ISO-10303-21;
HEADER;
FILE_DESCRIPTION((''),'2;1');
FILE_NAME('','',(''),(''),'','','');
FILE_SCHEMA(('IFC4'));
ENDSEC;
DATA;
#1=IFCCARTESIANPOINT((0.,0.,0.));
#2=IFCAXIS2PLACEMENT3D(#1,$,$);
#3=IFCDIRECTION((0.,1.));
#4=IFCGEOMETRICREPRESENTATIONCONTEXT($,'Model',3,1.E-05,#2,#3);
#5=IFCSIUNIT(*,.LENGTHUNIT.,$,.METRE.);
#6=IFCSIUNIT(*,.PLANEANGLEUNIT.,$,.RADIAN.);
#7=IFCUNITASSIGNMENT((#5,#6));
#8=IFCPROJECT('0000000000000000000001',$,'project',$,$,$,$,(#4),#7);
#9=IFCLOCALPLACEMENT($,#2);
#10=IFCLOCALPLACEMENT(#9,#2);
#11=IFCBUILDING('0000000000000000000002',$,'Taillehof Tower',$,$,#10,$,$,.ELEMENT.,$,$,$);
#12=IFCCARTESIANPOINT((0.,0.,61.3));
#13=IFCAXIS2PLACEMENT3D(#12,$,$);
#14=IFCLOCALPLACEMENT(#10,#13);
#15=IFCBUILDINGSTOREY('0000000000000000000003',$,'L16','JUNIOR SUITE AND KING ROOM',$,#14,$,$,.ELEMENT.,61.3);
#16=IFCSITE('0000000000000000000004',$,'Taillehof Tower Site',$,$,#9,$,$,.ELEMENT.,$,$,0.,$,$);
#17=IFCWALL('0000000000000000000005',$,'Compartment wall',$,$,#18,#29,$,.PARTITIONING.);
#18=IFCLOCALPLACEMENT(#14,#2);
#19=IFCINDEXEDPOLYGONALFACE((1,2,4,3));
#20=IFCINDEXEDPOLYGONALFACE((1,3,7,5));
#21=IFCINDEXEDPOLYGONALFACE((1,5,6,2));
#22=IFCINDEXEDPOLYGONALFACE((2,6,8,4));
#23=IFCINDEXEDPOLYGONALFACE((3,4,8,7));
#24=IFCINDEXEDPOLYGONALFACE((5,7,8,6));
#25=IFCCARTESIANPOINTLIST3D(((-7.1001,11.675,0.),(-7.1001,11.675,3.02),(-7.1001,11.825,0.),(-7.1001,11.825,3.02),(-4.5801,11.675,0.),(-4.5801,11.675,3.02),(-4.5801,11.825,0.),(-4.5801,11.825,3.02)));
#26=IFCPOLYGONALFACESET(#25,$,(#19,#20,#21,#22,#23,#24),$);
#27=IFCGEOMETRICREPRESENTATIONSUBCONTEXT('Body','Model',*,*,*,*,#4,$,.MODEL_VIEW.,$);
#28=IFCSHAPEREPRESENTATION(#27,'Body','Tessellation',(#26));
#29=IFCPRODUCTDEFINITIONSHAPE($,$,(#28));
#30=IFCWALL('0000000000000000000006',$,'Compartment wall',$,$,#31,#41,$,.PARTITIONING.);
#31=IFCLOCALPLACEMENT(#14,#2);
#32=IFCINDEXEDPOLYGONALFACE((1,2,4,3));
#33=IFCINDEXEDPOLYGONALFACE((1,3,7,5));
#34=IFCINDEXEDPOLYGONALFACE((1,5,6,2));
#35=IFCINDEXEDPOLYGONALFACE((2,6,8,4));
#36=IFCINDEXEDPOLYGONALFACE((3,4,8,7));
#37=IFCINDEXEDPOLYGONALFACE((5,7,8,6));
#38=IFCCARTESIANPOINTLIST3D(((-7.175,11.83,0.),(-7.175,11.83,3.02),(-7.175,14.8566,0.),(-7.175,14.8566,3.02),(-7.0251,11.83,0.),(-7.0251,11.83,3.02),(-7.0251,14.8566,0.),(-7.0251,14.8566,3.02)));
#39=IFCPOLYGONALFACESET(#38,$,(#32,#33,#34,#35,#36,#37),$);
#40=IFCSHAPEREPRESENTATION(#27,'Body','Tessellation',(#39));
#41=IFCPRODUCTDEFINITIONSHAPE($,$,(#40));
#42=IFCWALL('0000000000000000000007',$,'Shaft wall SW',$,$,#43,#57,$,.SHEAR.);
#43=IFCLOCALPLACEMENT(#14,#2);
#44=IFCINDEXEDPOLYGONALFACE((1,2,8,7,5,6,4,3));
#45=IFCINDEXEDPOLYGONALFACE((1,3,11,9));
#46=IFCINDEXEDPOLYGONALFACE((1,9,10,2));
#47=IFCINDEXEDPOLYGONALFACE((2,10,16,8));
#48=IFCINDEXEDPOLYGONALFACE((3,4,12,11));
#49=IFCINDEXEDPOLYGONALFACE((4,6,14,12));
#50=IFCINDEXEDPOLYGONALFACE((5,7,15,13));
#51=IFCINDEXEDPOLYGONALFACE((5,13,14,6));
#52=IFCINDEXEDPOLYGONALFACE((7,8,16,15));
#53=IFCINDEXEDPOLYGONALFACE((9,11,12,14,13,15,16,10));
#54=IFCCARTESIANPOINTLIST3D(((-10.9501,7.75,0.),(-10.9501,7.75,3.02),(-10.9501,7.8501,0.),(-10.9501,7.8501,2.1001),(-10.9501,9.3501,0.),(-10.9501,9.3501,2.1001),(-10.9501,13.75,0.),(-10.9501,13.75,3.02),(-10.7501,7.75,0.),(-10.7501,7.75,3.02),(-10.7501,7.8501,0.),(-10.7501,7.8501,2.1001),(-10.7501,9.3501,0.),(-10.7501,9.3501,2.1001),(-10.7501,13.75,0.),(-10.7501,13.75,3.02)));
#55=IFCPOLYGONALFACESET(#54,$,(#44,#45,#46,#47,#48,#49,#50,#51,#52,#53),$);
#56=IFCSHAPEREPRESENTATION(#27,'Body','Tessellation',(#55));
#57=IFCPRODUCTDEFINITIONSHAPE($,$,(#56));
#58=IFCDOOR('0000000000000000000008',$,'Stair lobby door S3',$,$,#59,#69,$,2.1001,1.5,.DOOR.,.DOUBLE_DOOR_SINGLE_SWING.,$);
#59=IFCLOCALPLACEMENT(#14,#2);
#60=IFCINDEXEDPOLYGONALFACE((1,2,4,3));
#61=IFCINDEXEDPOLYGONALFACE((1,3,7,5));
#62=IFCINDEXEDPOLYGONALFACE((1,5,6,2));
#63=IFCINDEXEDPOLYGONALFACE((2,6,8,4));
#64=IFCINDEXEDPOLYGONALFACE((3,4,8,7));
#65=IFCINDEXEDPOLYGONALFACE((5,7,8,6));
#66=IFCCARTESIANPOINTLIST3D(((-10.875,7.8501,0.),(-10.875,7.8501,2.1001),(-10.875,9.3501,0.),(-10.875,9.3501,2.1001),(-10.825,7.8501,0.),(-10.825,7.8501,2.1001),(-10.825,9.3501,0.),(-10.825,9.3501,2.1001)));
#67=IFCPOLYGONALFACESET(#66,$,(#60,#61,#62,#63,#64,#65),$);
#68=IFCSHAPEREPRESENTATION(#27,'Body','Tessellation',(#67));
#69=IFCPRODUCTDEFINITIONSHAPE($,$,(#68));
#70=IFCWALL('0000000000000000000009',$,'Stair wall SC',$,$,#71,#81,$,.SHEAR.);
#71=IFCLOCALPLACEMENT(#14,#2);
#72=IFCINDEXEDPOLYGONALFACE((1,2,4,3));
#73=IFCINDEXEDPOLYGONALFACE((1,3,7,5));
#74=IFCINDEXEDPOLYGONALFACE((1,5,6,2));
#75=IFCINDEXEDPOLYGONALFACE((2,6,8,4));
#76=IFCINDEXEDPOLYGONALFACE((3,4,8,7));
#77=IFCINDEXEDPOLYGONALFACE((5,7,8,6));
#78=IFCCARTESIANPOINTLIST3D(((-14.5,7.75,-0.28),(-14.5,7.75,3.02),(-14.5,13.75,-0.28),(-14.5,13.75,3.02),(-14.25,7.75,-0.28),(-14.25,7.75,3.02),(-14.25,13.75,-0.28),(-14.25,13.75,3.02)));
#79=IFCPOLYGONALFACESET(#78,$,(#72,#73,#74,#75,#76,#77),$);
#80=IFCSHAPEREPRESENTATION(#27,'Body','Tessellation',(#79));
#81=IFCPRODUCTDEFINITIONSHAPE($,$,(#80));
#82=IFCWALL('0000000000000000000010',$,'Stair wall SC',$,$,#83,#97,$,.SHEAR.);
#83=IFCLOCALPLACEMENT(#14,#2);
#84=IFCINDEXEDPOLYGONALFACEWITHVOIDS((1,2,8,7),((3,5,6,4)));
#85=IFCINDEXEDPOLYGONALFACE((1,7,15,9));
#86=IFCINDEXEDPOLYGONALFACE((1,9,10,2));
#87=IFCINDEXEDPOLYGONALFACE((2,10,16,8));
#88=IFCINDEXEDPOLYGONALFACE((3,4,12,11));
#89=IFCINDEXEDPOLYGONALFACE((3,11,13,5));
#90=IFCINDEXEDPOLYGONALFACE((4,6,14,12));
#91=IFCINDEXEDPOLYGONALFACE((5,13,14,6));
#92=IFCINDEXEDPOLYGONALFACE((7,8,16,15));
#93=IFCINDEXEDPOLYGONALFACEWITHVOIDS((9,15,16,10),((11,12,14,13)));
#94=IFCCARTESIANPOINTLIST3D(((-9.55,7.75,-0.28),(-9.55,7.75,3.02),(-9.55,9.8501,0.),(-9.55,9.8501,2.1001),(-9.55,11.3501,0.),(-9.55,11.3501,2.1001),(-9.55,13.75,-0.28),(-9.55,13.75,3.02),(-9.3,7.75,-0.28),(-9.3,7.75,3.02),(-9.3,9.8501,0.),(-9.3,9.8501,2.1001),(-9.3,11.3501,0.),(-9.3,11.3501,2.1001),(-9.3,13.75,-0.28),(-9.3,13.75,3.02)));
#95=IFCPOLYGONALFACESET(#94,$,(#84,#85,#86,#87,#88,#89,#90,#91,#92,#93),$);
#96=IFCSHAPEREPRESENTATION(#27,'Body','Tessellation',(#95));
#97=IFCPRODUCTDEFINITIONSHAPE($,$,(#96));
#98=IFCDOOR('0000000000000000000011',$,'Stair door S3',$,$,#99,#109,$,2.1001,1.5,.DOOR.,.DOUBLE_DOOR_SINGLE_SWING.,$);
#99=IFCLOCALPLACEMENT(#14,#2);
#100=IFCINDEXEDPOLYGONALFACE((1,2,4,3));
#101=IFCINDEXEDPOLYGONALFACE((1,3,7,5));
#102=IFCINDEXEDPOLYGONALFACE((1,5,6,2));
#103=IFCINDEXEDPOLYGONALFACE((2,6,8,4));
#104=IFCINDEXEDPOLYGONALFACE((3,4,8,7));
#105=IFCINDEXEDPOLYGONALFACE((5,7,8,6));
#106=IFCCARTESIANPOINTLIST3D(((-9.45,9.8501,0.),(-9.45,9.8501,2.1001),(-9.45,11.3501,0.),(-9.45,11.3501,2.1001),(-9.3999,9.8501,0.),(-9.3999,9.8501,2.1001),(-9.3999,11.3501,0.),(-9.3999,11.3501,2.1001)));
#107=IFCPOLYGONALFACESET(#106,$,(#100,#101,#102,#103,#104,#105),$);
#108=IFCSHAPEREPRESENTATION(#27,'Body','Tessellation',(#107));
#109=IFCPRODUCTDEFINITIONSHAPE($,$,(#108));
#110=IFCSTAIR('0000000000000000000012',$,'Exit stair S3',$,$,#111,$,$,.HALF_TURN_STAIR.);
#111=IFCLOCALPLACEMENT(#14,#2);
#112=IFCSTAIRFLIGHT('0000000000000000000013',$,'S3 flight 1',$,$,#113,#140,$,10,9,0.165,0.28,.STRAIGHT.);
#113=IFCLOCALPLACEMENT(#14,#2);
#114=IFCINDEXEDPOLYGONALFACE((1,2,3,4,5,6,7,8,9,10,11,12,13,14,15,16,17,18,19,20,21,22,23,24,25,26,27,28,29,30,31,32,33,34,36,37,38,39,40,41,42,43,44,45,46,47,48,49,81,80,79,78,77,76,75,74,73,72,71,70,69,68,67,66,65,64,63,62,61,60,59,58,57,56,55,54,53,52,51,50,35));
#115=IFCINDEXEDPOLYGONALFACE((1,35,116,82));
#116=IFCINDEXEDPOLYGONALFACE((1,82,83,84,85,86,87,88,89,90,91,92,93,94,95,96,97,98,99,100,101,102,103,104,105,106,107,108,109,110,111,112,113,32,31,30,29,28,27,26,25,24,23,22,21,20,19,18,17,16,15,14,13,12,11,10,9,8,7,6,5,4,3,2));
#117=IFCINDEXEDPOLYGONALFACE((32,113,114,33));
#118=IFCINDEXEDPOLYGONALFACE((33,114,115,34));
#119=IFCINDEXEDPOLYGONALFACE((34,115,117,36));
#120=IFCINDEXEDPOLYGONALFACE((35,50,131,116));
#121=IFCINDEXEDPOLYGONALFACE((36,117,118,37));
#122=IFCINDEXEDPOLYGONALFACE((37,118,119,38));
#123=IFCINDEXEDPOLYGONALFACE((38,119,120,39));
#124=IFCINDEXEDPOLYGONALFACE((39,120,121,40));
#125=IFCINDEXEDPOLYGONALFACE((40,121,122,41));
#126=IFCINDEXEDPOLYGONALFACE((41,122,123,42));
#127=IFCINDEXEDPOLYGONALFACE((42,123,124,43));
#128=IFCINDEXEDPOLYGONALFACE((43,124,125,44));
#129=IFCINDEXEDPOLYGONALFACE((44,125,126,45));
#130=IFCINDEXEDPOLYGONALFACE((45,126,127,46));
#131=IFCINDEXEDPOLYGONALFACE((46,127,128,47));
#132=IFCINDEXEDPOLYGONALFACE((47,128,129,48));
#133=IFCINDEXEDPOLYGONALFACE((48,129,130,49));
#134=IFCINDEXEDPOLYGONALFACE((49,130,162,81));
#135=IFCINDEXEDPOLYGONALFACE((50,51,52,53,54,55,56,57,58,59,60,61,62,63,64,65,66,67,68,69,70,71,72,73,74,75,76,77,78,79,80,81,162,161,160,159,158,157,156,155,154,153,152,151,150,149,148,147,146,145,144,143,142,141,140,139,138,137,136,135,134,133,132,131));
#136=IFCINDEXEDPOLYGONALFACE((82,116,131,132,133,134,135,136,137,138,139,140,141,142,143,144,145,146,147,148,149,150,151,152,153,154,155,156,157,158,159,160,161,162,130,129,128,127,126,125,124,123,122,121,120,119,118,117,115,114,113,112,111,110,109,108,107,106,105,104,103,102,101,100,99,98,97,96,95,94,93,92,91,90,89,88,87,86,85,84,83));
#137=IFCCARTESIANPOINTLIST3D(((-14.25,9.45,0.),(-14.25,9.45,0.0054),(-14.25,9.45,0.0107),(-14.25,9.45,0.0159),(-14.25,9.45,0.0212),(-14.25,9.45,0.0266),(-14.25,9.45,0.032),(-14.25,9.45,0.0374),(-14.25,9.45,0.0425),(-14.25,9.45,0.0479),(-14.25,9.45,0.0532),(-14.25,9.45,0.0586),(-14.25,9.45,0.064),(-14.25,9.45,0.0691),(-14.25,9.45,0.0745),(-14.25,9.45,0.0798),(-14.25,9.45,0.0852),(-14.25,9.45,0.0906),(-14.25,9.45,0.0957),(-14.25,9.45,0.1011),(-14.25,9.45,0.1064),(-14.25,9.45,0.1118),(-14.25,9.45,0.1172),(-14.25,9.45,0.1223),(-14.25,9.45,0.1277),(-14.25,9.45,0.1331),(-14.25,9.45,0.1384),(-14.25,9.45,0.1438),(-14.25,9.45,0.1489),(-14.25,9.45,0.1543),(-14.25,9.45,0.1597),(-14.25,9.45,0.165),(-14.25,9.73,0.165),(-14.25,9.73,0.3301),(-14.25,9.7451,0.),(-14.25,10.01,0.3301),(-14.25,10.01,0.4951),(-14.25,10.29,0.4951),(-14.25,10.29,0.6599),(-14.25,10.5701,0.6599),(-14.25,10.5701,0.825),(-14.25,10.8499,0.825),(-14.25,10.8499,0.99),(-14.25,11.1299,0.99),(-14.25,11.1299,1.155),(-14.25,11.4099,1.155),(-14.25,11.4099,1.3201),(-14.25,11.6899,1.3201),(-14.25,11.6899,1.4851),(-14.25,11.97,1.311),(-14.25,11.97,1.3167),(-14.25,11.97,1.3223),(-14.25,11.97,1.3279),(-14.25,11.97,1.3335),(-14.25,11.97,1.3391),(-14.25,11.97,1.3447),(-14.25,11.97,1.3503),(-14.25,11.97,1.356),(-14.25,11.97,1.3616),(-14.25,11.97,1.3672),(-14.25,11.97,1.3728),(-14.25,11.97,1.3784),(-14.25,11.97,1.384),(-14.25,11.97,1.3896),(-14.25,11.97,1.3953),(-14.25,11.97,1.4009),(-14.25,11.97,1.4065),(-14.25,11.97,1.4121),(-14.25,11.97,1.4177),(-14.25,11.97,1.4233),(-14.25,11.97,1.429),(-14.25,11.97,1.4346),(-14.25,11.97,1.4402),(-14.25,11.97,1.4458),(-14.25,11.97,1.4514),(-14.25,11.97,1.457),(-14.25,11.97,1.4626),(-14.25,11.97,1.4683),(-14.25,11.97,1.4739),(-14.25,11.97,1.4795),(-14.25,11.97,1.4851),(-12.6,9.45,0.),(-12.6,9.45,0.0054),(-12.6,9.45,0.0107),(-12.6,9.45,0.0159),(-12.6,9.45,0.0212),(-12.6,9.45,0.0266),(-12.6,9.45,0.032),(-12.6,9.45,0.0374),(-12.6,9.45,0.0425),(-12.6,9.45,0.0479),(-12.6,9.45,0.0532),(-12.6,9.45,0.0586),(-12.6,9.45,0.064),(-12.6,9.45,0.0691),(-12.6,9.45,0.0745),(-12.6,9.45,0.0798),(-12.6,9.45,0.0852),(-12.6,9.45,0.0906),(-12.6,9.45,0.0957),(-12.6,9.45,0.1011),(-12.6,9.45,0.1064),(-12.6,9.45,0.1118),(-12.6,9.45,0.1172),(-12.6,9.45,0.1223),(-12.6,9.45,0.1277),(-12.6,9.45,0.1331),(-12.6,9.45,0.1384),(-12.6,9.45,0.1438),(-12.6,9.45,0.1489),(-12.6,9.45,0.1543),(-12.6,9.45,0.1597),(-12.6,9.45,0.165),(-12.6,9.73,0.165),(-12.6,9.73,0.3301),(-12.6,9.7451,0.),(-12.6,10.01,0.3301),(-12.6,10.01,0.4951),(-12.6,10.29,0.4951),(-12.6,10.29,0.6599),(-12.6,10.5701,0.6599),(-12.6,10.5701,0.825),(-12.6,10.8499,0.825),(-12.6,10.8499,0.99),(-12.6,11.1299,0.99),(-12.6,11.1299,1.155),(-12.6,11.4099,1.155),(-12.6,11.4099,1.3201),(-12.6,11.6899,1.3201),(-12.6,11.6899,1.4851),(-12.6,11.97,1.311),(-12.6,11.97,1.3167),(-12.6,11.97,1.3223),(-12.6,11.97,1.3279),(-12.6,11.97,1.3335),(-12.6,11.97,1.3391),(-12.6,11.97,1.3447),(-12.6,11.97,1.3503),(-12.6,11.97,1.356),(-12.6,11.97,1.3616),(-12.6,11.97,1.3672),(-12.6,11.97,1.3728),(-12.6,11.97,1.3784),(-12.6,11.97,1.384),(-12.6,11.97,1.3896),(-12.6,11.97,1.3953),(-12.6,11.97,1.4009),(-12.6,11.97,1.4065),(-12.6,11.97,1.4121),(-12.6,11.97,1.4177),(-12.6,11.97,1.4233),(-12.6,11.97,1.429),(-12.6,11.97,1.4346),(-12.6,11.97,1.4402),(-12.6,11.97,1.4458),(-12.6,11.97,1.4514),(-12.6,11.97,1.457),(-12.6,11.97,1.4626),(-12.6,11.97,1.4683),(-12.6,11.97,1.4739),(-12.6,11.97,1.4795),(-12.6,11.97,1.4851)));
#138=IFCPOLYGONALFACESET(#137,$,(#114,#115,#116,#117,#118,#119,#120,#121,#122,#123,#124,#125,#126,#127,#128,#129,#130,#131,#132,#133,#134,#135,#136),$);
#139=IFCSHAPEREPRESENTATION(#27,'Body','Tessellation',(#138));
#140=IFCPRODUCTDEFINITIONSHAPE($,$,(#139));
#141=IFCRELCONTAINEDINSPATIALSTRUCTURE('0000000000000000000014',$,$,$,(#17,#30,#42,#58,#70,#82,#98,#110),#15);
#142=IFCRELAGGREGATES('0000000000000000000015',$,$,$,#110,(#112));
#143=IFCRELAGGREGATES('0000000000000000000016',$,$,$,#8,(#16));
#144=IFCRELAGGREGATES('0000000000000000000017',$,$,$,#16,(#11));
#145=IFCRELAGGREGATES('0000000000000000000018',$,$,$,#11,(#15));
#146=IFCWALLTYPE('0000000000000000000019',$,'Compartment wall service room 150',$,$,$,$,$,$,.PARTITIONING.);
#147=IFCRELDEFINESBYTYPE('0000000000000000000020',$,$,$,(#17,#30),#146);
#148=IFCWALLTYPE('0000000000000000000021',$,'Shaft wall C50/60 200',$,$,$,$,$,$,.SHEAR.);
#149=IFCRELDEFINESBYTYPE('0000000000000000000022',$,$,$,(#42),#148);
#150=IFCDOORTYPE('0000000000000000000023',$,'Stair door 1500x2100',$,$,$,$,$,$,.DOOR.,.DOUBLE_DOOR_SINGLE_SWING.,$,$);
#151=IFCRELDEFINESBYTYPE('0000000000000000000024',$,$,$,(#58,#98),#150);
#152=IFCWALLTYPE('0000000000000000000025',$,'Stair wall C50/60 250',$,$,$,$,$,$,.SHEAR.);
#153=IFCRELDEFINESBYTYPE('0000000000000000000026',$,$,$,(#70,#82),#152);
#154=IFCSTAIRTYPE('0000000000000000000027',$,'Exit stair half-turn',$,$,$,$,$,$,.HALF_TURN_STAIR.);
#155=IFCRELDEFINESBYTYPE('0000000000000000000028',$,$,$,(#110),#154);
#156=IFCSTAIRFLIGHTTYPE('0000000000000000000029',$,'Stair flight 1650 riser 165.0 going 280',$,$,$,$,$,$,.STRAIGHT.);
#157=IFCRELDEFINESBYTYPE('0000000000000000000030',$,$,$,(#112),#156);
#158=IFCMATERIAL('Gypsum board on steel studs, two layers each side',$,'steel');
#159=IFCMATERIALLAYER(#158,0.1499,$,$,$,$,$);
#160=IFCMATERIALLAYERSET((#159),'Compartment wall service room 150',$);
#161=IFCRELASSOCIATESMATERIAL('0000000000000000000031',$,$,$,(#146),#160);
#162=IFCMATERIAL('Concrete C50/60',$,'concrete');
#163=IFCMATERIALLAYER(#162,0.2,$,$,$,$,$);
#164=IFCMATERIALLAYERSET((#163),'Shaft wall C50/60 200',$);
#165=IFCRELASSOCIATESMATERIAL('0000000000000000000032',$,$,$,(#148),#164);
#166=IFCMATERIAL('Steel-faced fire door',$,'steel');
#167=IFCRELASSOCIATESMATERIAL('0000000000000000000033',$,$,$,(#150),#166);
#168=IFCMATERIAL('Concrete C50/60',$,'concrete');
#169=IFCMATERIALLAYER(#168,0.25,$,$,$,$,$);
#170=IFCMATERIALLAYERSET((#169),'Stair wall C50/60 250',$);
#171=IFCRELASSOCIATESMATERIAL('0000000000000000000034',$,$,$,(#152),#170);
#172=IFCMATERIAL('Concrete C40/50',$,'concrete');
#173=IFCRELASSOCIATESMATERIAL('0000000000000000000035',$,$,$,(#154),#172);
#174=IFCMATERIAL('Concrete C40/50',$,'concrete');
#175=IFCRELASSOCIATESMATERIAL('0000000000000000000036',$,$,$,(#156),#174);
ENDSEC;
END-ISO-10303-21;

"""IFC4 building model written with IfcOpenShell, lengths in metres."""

from ifc_helpers import new_model, si_unit, direction, frame, frame_2d, origin, place, context, subcontext, project, spatial, polyline, rectangle, outline, extrude, material, layer, layer_set, type_object, element, fill, aggregate, save


model = new_model("IFC4")

# Units and contexts
model_context = context("Model", 3, precision=1e-05, world=origin(), true_north=direction((0.0, 1.0)))
body_context = subcontext(model_context, "Body", "Model", "MODEL_VIEW")
ifc_project = project(units=[si_unit("LENGTHUNIT", "METRE"), si_unit("PLANEANGLEUNIT", "RADIAN")], contexts=[model_context])

# Site, building, storey
site_placement = place(None, origin())
site = spatial("IfcSite", under=ifc_project, at=site_placement, Name="Taillehof Tower Site", CompositionType="ELEMENT", RefElevation=0.0)
building_placement = place(site_placement, origin())
building = spatial("IfcBuilding", under=site, at=building_placement, Name="Taillehof Tower", CompositionType="ELEMENT")
storey_placement = place(building_placement, frame((0.0, 0.0, 61.3)))
storey = spatial("IfcBuildingStorey", under=building, at=storey_placement, Name="L16", Description="JUNIOR SUITE AND KING ROOM", CompositionType="ELEMENT", Elevation=61.3)

# Walls
ifc_material_1 = material(Name="Gypsum board on steel studs, two layers each side", Category="steel")
ifc_layer_1 = layer(ifc_material_1, 0.1499)
ifc_layer_set_1 = layer_set([ifc_layer_1], Name="Compartment wall service room 150")
wall_type_1 = type_object("IfcWallType", Name="Compartment wall service room 150", PredefinedType="PARTITIONING", material=ifc_layer_set_1)
wall_1_placement = place(storey_placement, frame((-4.5801, 11.75, 0.0), z_axis=(0.0, 0.0, 1.0), x_axis=(-1.0, 0.0, 0.0)))
element("IfcWall", 1, at=wall_1_placement, inside=storey, type_object=wall_type_1, Name="Compartment wall", PredefinedType="PARTITIONING", context=body_context, shape_type="SweptSolid", body=[
    extrude(rectangle(XDim=2.52, YDim=0.1499, at=frame_2d((1.26, 0.0))), origin(), (0.0, 0.0, 1.0), 3.02),
])
wall_2_placement = place(storey_placement, frame((-7.1001, 11.8301, 0.0), z_axis=(0.0, 0.0, 1.0), x_axis=(0.0, 1.0, 0.0)))
element("IfcWall", 2, at=wall_2_placement, inside=storey, type_object=wall_type_1, Name="Compartment wall", PredefinedType="PARTITIONING", context=body_context, shape_type="SweptSolid", body=[
    extrude(rectangle(XDim=3.0266, YDim=0.1499, at=frame_2d((1.5132, 0.0))), origin(), (0.0, 0.0, 1.0), 3.02),
])

# Wall, opening, door
ifc_material_2 = material(Name="Concrete C50/60", Category="concrete")
ifc_layer_2 = layer(ifc_material_2, 0.2)
ifc_layer_set_2 = layer_set([ifc_layer_2], Name="Shaft wall C50/60 200")
wall_type_2 = type_object("IfcWallType", Name="Shaft wall C50/60 200", PredefinedType="SHEAR", material=ifc_layer_set_2)
wall_3_placement = place(storey_placement, frame((-10.8501, 7.75, 0.0), z_axis=(0.0, 0.0, 1.0), x_axis=(0.0, 1.0, 0.0)))
wall_3 = element("IfcWall", 3, at=wall_3_placement, inside=storey, type_object=wall_type_2, Name="Shaft wall SW", PredefinedType="SHEAR", context=body_context, shape_type="SweptSolid", body=[
    extrude(rectangle(XDim=6.0, YDim=0.2, at=frame_2d((3.0, 0.0))), origin(), (0.0, 0.0, 1.0), 3.02),
])
opening_1_placement = place(wall_3_placement, frame((0.1001, 0.0, 0.0)))
opening_1 = element("IfcOpeningElement", 4, at=opening_1_placement, cuts=wall_3, PredefinedType="OPENING", context=body_context, shape_type="SweptSolid", body=[
    extrude(rectangle(XDim=1.5, YDim=2.1001, at=frame_2d((0.75, 1.05))), frame((0.0, 0.1099, 0.0), z_axis=(0.0, -1.0, 0.0), x_axis=(1.0, 0.0, 0.0)), (0.0, 0.0, 1.0), 0.22),
])
ifc_material_3 = material(Name="Steel-faced fire door", Category="steel")
door_type = type_object("IfcDoorType", Name="Stair door 1500x2100", OperationType="DOUBLE_DOOR_SINGLE_SWING", PredefinedType="DOOR", material=ifc_material_3)
door_1_placement = place(opening_1_placement, origin())
door_1 = element("IfcDoor", 5, at=door_1_placement, inside=storey, type_object=door_type, Name="Stair lobby door S3", OperationType="DOUBLE_DOOR_SINGLE_SWING", OverallHeight=2.1001, OverallWidth=1.5, PredefinedType="DOOR", context=body_context, shape_type="SweptSolid", body=[
    extrude(rectangle(XDim=1.5, YDim=2.1001, at=frame_2d((0.75, 1.05))), frame((0.0, 0.0249, 0.0), z_axis=(0.0, -1.0, 0.0), x_axis=(1.0, 0.0, 0.0)), (0.0, 0.0, 1.0), 0.05),
])
fill(opening_1, door_1)

# Wall
ifc_material_4 = material(Name="Concrete C50/60", Category="concrete")
ifc_layer_3 = layer(ifc_material_4, 0.25)
ifc_layer_set_3 = layer_set([ifc_layer_3], Name="Stair wall C50/60 250")
wall_type_3 = type_object("IfcWallType", Name="Stair wall C50/60 250", PredefinedType="SHEAR", material=ifc_layer_set_3)
wall_4_placement = place(storey_placement, frame((-14.375, 7.75, -0.28), z_axis=(0.0, 0.0, 1.0), x_axis=(0.0, 1.0, 0.0)))
element("IfcWall", 6, at=wall_4_placement, inside=storey, type_object=wall_type_3, Name="Stair wall SC", PredefinedType="SHEAR", context=body_context, shape_type="SweptSolid", body=[
    extrude(rectangle(XDim=6.0, YDim=0.25, at=frame_2d((3.0, 0.0))), origin(), (0.0, 0.0, 1.0), 3.3),
])

# Wall, opening, door
wall_5_placement = place(storey_placement, frame((-9.425, 7.75, -0.28), z_axis=(0.0, 0.0, 1.0), x_axis=(0.0, 1.0, 0.0)))
wall_5 = element("IfcWall", 7, at=wall_5_placement, inside=storey, type_object=wall_type_3, Name="Stair wall SC", PredefinedType="SHEAR", context=body_context, shape_type="SweptSolid", body=[
    extrude(rectangle(XDim=6.0, YDim=0.25, at=frame_2d((3.0, 0.0))), origin(), (0.0, 0.0, 1.0), 3.3),
])
opening_2_placement = place(wall_5_placement, frame((2.1001, 0.0, 0.28)))
opening_2 = element("IfcOpeningElement", 8, at=opening_2_placement, cuts=wall_5, PredefinedType="OPENING", context=body_context, shape_type="SweptSolid", body=[
    extrude(rectangle(XDim=1.5, YDim=2.1001, at=frame_2d((0.75, 1.05))), frame((0.0, 0.135, 0.0), z_axis=(0.0, -1.0, 0.0), x_axis=(1.0, 0.0, 0.0)), (0.0, 0.0, 1.0), 0.27),
])
door_2_placement = place(opening_2_placement, origin())
door_2 = element("IfcDoor", 9, at=door_2_placement, inside=storey, type_object=door_type, Name="Stair door S3", OperationType="DOUBLE_DOOR_SINGLE_SWING", OverallHeight=2.1001, OverallWidth=1.5, PredefinedType="DOOR", context=body_context, shape_type="SweptSolid", body=[
    extrude(rectangle(XDim=1.5, YDim=2.1001, at=frame_2d((0.75, 1.05))), frame((0.0, 0.0249, 0.0), z_axis=(0.0, -1.0, 0.0), x_axis=(1.0, 0.0, 0.0)), (0.0, 0.0, 1.0), 0.05),
])
fill(opening_2, door_2)

# Stair, stair flight
ifc_material_5 = material(Name="Concrete C40/50", Category="concrete")
stair_type = type_object("IfcStairType", Name="Exit stair half-turn", PredefinedType="HALF_TURN_STAIR", material=ifc_material_5)
stair_placement = place(storey_placement, origin())
stair = element("IfcStair", 10, at=stair_placement, inside=storey, type_object=stair_type, Name="Exit stair S3", PredefinedType="HALF_TURN_STAIR")
ifc_material_6 = material(Name="Concrete C40/50", Category="concrete")
stair_flight_type = type_object("IfcStairFlightType", Name="Stair flight 1650 riser 165.0 going 280", PredefinedType="STRAIGHT", material=ifc_material_6)
stair_flight_1_placement = place(storey_placement, frame((-13.425, 9.45, 0.0), z_axis=(0.0, 0.0, 1.0), x_axis=(0.0, 1.0, 0.0)))
stair_flight_1 = element("IfcStairFlight", 11, at=stair_flight_1_placement, type_object=stair_flight_type, Name="S3 flight 1", NumberOfRisers=10, NumberOfTreads=9, PredefinedType="STRAIGHT", RiserHeight=0.165, TreadLength=0.28, context=body_context, shape_type="SweptSolid", body=[
    extrude(outline(polyline([(0.0, 0.0), (0.0, 0.0054), (0.0, 0.0107), (0.0, 0.0159), (0.0, 0.0212), (0.0, 0.0266), (0.0, 0.032), (0.0, 0.0374), (0.0, 0.0425), (0.0, 0.0479), (0.0, 0.0532), (0.0, 0.0586), (0.0, 0.064), (0.0, 0.0691), (0.0, 0.0745), (0.0, 0.0798), (0.0, 0.0852), (0.0, 0.0906), (0.0, 0.0957), (0.0, 0.1011), (0.0, 0.1064), (0.0, 0.1118), (0.0, 0.1172), (0.0, 0.1223), (0.0, 0.1277), (0.0, 0.1331), (0.0, 0.1384), (0.0, 0.1438), (0.0, 0.1489), (0.0, 0.1543), (0.0, 0.1597), (0.0, 0.165), (0.28, 0.165), (0.28, 0.3301), (0.5601, 0.3301), (0.5601, 0.4951), (0.8401, 0.4951), (0.8401, 0.6599), (1.1201, 0.6599), (1.1201, 0.825), (1.3999, 0.825), (1.3999, 0.99), (1.6799, 0.99), (1.6799, 1.155), (1.96, 1.155), (1.96, 1.3201), (2.24, 1.3201), (2.24, 1.4851), (2.52, 1.4851), (2.52, 1.4795), (2.52, 1.4739), (2.52, 1.4683), (2.52, 1.4626), (2.52, 1.457), (2.52, 1.4514), (2.52, 1.4458), (2.52, 1.4402), (2.52, 1.4346), (2.52, 1.429), (2.52, 1.4233), (2.52, 1.4177), (2.52, 1.4121), (2.52, 1.4065), (2.52, 1.4009), (2.52, 1.3953), (2.52, 1.3896), (2.52, 1.384), (2.52, 1.3784), (2.52, 1.3728), (2.52, 1.3672), (2.52, 1.3616), (2.52, 1.356), (2.52, 1.3503), (2.52, 1.3447), (2.52, 1.3391), (2.52, 1.3335), (2.52, 1.3279), (2.52, 1.3223), (2.52, 1.3167), (2.52, 1.311), (0.2952, 0.0), (0.0, 0.0)])), frame((0.0, 0.825, 0.0), z_axis=(0.0, -1.0, 0.0), x_axis=(1.0, 0.0, 0.0)), (0.0, 0.0, 1.0), 1.65),
])
aggregate(stair, [stair_flight_1])

save(model, "model.ifc")
